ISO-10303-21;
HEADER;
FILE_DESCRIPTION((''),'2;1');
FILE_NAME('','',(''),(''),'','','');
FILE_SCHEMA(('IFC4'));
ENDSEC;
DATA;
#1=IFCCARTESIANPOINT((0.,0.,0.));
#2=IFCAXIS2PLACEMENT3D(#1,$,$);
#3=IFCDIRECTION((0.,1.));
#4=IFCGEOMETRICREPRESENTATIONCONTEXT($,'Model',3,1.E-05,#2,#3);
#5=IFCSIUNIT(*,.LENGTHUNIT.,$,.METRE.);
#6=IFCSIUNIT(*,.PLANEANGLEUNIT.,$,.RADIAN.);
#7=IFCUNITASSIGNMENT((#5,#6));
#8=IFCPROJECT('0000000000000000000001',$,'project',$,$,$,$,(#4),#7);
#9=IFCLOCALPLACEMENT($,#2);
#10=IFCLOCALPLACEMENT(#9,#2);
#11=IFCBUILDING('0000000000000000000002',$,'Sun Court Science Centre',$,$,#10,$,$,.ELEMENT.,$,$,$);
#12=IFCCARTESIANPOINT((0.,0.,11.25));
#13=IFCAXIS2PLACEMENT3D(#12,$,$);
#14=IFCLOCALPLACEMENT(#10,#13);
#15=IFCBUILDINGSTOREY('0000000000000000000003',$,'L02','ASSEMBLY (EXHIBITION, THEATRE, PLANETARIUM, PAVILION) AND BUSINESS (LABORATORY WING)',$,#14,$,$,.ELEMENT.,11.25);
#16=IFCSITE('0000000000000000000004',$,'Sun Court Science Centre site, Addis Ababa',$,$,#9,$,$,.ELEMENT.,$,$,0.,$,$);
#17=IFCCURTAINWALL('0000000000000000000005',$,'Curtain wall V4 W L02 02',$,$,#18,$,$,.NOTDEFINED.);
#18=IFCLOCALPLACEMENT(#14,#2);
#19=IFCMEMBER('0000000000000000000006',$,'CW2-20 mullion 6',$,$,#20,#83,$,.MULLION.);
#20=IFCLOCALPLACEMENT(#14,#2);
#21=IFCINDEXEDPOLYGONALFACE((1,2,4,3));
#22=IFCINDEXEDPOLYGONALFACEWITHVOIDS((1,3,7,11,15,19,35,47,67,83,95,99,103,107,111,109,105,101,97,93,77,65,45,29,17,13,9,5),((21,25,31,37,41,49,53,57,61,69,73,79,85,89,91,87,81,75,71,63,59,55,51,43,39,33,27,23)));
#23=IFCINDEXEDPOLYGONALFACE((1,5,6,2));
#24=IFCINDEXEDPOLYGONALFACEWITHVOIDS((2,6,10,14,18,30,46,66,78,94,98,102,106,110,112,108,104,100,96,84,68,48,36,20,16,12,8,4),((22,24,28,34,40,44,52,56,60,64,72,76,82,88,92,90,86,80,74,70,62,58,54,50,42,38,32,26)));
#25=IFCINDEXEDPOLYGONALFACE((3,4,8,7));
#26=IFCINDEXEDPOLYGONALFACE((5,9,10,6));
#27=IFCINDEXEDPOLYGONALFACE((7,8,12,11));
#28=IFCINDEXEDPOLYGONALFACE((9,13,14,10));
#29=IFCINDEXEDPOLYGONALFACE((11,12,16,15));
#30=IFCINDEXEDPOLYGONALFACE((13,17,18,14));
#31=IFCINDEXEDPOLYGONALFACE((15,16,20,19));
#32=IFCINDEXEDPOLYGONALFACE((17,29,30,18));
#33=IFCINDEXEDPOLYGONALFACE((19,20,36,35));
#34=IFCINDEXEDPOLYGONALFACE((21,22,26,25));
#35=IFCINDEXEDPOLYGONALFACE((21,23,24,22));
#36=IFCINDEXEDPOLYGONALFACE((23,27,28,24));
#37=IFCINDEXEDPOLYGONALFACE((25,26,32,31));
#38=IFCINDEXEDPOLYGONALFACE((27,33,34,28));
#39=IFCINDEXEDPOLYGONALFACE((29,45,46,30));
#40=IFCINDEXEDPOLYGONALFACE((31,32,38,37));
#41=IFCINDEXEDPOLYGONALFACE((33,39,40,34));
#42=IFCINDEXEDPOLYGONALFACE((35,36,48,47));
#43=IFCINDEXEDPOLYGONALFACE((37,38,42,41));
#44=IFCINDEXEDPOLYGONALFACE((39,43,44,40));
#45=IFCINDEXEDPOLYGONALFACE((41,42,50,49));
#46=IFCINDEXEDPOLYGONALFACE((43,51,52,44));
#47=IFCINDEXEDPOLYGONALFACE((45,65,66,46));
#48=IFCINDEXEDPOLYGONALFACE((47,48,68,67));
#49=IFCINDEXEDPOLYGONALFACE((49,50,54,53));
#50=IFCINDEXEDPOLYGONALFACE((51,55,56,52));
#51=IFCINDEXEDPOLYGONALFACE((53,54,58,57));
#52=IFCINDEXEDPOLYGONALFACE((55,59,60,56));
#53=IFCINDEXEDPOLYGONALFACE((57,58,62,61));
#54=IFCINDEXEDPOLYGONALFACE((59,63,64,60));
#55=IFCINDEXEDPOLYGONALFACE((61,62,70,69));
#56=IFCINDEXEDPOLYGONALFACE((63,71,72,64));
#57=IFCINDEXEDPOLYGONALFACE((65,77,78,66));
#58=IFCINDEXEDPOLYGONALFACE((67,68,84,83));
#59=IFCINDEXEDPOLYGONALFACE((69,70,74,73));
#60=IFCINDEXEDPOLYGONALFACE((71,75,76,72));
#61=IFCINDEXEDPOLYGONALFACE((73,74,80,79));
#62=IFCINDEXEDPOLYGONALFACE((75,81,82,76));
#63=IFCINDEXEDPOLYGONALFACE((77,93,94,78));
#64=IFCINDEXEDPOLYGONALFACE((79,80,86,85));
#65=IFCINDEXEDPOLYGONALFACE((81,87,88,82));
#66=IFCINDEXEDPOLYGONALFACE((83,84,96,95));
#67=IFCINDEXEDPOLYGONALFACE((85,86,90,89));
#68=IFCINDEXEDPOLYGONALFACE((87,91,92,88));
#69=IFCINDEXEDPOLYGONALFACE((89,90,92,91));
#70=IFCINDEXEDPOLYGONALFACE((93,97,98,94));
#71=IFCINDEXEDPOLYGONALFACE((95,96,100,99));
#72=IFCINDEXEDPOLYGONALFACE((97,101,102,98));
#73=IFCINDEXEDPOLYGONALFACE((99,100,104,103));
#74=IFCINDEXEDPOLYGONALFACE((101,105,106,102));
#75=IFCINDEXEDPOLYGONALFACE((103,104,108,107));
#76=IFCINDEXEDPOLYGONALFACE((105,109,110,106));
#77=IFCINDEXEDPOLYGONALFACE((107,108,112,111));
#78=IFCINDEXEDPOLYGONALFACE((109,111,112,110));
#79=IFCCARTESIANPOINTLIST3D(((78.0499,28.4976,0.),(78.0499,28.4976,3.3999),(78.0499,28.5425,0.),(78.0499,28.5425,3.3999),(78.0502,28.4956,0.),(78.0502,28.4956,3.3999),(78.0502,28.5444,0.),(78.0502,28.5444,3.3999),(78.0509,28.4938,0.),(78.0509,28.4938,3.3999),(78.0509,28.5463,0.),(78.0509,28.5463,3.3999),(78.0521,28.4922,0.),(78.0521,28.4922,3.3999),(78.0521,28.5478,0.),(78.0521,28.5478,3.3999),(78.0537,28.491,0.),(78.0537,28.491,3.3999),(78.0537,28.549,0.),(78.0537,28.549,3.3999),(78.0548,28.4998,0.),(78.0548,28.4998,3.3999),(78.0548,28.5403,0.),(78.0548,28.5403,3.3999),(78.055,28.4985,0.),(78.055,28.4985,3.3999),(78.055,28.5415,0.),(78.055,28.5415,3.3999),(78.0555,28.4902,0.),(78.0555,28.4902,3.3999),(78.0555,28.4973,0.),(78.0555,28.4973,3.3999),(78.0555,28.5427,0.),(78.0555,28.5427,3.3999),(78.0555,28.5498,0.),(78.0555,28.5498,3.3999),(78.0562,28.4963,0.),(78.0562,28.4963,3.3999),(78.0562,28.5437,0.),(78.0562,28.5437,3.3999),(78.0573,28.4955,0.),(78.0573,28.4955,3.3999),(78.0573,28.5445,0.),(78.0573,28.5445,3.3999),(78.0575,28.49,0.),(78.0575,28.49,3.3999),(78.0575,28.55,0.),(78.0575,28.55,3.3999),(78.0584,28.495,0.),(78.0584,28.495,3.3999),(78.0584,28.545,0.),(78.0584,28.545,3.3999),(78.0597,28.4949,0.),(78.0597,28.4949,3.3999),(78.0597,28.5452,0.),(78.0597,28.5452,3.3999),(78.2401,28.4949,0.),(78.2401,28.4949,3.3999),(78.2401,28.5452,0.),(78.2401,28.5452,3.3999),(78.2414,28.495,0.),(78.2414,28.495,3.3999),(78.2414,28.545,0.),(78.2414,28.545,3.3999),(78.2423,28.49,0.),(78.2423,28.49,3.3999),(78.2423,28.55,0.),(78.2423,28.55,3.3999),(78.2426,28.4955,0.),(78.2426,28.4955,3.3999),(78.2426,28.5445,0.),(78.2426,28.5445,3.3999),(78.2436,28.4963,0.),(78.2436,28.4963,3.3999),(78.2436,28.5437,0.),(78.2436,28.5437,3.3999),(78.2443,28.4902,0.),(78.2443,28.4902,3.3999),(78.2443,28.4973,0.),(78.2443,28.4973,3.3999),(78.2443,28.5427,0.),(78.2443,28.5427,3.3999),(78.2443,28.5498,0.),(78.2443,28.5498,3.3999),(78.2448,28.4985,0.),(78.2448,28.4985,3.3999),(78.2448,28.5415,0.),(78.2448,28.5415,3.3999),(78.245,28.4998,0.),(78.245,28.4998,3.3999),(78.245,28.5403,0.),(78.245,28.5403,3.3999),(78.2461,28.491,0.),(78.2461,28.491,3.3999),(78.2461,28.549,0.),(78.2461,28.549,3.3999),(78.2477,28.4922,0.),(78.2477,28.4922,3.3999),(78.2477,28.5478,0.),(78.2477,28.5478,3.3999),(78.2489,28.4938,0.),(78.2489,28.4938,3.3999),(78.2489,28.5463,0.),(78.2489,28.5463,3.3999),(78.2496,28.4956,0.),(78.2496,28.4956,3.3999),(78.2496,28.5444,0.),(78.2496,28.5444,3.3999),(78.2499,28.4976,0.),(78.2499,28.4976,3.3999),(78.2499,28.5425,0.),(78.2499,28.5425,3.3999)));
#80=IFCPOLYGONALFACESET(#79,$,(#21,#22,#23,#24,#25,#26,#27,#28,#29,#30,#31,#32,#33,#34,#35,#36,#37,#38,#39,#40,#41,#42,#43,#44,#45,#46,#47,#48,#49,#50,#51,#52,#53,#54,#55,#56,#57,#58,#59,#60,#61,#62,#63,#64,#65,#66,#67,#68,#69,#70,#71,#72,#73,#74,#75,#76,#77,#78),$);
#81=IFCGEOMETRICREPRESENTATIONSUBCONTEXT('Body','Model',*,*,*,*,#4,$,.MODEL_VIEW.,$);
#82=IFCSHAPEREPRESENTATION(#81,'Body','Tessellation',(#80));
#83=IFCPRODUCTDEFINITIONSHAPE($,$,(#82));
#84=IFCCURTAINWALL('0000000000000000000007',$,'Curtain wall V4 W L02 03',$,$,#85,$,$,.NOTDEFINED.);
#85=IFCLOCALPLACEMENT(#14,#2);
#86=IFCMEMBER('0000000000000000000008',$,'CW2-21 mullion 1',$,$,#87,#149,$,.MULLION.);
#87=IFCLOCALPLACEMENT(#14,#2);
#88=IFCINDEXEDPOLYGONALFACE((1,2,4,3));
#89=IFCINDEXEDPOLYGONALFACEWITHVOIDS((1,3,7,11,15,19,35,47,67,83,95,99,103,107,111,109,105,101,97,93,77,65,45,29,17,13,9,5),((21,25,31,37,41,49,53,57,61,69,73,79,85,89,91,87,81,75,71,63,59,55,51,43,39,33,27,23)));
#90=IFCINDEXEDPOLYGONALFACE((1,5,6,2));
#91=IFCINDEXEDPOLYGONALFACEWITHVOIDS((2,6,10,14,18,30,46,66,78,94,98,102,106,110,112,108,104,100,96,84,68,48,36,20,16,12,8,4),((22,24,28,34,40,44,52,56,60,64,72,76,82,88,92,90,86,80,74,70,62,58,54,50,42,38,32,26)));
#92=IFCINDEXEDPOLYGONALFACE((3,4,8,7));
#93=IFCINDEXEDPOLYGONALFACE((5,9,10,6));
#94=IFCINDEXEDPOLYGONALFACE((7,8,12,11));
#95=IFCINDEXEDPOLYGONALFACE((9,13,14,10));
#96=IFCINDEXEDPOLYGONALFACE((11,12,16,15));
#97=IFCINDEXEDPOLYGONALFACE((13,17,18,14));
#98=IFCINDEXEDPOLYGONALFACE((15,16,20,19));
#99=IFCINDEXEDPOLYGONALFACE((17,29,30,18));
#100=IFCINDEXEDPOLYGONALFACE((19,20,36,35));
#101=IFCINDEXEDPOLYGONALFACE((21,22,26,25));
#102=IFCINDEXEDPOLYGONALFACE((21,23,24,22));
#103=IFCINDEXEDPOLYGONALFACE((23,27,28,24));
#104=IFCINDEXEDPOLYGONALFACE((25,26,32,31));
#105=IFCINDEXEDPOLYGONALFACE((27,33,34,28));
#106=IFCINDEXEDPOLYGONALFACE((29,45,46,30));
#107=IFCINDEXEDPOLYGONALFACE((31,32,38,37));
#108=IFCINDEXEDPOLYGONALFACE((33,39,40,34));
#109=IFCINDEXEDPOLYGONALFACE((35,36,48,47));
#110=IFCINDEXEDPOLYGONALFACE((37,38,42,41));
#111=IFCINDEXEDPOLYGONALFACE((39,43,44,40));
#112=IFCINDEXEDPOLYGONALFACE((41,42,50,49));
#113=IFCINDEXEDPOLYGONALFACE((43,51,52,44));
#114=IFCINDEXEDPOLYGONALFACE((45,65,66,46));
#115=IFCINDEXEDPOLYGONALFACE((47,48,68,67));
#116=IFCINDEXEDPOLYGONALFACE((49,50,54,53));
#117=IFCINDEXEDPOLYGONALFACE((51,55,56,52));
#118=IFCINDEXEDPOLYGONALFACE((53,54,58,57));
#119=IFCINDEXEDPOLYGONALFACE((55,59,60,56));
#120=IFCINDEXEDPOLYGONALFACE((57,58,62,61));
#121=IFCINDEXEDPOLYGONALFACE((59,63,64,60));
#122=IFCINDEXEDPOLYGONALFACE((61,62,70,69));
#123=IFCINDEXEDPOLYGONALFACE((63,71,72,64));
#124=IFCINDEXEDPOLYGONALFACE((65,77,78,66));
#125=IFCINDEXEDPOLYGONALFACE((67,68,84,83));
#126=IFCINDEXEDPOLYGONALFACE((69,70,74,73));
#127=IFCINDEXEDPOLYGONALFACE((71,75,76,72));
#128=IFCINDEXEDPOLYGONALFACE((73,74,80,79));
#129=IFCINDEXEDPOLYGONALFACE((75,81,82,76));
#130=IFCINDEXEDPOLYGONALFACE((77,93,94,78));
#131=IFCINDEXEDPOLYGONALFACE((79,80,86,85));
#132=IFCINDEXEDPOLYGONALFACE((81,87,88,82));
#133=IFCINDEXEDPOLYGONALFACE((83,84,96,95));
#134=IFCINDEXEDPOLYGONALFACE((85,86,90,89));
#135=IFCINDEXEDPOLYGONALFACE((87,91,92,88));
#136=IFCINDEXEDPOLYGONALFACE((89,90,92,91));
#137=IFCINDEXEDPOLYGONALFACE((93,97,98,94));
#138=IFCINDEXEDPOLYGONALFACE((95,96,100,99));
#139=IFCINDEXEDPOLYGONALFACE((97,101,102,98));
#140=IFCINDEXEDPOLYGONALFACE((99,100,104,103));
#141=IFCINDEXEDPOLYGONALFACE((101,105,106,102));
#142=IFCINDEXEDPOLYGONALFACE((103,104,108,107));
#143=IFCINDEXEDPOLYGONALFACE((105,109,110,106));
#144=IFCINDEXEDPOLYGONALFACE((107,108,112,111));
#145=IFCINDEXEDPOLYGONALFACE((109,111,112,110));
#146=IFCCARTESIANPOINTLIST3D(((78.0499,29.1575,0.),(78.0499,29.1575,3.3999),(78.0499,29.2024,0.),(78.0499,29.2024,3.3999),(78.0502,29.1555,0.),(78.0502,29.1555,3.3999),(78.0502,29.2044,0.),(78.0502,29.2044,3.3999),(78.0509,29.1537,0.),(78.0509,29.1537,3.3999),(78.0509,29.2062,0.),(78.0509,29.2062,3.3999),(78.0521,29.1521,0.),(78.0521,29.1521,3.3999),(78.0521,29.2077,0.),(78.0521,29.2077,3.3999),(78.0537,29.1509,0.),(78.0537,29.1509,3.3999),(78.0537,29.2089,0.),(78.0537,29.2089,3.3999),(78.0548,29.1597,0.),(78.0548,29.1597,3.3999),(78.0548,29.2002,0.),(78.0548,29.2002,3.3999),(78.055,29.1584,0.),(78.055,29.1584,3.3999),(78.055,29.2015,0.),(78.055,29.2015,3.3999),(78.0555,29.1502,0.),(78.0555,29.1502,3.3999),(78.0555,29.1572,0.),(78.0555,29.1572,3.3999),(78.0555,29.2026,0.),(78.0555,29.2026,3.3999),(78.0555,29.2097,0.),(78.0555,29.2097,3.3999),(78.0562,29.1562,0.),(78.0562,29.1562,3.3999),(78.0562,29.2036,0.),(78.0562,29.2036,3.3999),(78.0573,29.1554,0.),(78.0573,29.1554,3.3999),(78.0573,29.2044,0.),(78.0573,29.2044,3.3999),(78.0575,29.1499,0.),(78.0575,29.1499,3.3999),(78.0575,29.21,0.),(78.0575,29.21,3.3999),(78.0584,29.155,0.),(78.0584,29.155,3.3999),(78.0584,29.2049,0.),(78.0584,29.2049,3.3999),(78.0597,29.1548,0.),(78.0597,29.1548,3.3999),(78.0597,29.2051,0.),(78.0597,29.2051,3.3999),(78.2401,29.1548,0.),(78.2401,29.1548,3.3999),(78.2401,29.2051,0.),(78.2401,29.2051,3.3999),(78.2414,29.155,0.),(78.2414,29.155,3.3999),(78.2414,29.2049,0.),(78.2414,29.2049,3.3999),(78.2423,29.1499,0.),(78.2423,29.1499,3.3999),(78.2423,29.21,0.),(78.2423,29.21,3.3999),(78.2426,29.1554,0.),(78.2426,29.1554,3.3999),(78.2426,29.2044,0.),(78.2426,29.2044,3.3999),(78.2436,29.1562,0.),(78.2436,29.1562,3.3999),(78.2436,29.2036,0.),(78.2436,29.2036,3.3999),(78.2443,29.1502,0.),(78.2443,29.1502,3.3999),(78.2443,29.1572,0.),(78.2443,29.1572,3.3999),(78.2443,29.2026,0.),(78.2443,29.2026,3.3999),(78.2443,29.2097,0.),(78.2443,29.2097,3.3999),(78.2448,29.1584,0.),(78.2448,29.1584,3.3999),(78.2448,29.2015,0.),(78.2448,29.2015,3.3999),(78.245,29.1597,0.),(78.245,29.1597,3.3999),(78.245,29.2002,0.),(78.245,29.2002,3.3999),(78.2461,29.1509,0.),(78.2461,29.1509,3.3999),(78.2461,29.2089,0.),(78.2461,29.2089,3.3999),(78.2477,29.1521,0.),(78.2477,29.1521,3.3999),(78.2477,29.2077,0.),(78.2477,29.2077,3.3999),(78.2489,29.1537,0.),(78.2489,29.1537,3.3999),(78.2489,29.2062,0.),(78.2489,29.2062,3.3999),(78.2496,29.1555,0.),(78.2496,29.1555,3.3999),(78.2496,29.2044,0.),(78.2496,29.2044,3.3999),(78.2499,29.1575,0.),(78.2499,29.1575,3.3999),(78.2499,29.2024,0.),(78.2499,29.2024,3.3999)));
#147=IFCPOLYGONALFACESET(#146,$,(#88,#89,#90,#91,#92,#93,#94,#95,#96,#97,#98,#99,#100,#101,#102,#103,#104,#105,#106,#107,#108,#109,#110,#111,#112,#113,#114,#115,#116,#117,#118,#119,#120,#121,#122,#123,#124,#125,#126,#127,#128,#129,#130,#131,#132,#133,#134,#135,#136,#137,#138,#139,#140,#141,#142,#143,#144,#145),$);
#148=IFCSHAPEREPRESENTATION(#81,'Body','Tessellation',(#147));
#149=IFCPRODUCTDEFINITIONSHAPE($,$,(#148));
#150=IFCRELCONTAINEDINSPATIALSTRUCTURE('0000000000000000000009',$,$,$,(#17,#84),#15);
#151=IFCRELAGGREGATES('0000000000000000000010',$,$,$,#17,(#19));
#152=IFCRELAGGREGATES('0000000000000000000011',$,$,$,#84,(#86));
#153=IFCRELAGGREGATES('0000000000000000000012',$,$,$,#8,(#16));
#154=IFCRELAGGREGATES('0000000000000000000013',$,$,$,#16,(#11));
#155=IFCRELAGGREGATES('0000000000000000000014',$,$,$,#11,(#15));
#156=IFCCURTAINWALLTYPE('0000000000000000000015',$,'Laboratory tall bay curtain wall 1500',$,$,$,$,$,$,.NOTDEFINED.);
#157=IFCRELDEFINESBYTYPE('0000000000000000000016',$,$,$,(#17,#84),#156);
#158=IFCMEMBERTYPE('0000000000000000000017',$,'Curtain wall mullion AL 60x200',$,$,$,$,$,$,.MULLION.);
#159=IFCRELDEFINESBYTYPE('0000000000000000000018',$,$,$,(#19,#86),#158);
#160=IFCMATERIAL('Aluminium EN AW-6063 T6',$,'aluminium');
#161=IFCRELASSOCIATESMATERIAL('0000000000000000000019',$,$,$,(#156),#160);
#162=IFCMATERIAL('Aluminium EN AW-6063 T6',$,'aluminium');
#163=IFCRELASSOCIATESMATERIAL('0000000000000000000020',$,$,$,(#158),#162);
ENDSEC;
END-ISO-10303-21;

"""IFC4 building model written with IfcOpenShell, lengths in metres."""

from ifc_helpers import new_model, si_unit, direction, frame, origin, origin_2d, place, context, subcontext, project, spatial, hollow_rectangle, extrude, material, material_profile, profile_set, type_object, element, aggregate, save


model = new_model("IFC4")

# Units and contexts
model_context = context("Model", 3, precision=1e-05, world=origin(), true_north=direction((0.0, 1.0)))
body_context = subcontext(model_context, "Body", "Model", "MODEL_VIEW")
ifc_project = project(units=[si_unit("LENGTHUNIT", "METRE"), si_unit("PLANEANGLEUNIT", "RADIAN")], contexts=[model_context])

# Site, building, storey
site_placement = place(None, origin())
site = spatial("IfcSite", under=ifc_project, at=site_placement, Name="Sun Court Science Centre site, Addis Ababa", CompositionType="ELEMENT", RefElevation=0.0)
building_placement = place(site_placement, origin())
building = spatial("IfcBuilding", under=site, at=building_placement, Name="Sun Court Science Centre", CompositionType="ELEMENT")
storey_placement = place(building_placement, frame((0.0, 0.0, 11.25)))
storey = spatial("IfcBuildingStorey", under=building, at=storey_placement, Name="L02", Description="ASSEMBLY (EXHIBITION, THEATRE, PLANETARIUM, PAVILION) AND BUSINESS (LABORATORY WING)", CompositionType="ELEMENT", Elevation=11.25)

# Curtain walls, members
ifc_material_1 = material(Name="Aluminium EN AW-6063 T6", Category="aluminium")
curtain_wall_type = type_object("IfcCurtainWallType", Name="Laboratory tall bay curtain wall 1500", PredefinedType="NOTDEFINED", material=ifc_material_1)
curtain_wall_1_placement = place(storey_placement, origin())
curtain_wall_1 = element("IfcCurtainWall", 1, at=curtain_wall_1_placement, inside=storey, type_object=curtain_wall_type, Name="Curtain wall V4 W L02 02", PredefinedType="NOTDEFINED")
ifc_material_2 = material(Name="Aluminium EN AW-6063 T6", Category="aluminium")
ifc_material_profile_1 = material_profile(ifc_material_2, hollow_rectangle(XDim=0.0601, YDim=0.2, WallThickness=0.0049, InnerFilletRadius=0.0049, OuterFilletRadius=0.0076, at=origin_2d()), Name="AL 60x200x5")
ifc_profile_set_1 = profile_set([ifc_material_profile_1], Name="Aluminium EN AW-6063 T6")
member_type_1 = type_object("IfcMemberType", Name="Curtain wall mullion AL 60x200", PredefinedType="MULLION", material=ifc_profile_set_1)
member_1_placement = place(storey_placement, frame((78.1499, 28.52, 0.0), z_axis=(0.0, 0.0, 1.0), x_axis=(0.0, 1.0, 0.0)))
member_1 = element("IfcMember", 2, at=member_1_placement, type_object=member_type_1, Name="CW2-20 mullion 6", PredefinedType="MULLION", context=body_context, shape_type="SweptSolid", body=[
    extrude(hollow_rectangle(XDim=0.0601, YDim=0.2, WallThickness=0.0049, InnerFilletRadius=0.0049, OuterFilletRadius=0.0076, at=origin_2d()), origin(), (0.0, 0.0, 1.0), 3.3999),
])
curtain_wall_2_placement = place(storey_placement, origin())
curtain_wall_2 = element("IfcCurtainWall", 3, at=curtain_wall_2_placement, inside=storey, type_object=curtain_wall_type, Name="Curtain wall V4 W L02 03", PredefinedType="NOTDEFINED")
member_2_placement = place(storey_placement, frame((78.1499, 29.1799, 0.0), z_axis=(0.0, 0.0, 1.0), x_axis=(0.0, 1.0, 0.0)))
member_2 = element("IfcMember", 4, at=member_2_placement, type_object=member_type_1, Name="CW2-21 mullion 1", PredefinedType="MULLION", context=body_context, shape_type="SweptSolid", body=[
    extrude(hollow_rectangle(XDim=0.0601, YDim=0.2, WallThickness=0.0049, InnerFilletRadius=0.0049, OuterFilletRadius=0.0076, at=origin_2d()), origin(), (0.0, 0.0, 1.0), 3.3999),
])

aggregate(curtain_wall_1, [member_1])
aggregate(curtain_wall_2, [member_2])

save(model, "model.ifc")
